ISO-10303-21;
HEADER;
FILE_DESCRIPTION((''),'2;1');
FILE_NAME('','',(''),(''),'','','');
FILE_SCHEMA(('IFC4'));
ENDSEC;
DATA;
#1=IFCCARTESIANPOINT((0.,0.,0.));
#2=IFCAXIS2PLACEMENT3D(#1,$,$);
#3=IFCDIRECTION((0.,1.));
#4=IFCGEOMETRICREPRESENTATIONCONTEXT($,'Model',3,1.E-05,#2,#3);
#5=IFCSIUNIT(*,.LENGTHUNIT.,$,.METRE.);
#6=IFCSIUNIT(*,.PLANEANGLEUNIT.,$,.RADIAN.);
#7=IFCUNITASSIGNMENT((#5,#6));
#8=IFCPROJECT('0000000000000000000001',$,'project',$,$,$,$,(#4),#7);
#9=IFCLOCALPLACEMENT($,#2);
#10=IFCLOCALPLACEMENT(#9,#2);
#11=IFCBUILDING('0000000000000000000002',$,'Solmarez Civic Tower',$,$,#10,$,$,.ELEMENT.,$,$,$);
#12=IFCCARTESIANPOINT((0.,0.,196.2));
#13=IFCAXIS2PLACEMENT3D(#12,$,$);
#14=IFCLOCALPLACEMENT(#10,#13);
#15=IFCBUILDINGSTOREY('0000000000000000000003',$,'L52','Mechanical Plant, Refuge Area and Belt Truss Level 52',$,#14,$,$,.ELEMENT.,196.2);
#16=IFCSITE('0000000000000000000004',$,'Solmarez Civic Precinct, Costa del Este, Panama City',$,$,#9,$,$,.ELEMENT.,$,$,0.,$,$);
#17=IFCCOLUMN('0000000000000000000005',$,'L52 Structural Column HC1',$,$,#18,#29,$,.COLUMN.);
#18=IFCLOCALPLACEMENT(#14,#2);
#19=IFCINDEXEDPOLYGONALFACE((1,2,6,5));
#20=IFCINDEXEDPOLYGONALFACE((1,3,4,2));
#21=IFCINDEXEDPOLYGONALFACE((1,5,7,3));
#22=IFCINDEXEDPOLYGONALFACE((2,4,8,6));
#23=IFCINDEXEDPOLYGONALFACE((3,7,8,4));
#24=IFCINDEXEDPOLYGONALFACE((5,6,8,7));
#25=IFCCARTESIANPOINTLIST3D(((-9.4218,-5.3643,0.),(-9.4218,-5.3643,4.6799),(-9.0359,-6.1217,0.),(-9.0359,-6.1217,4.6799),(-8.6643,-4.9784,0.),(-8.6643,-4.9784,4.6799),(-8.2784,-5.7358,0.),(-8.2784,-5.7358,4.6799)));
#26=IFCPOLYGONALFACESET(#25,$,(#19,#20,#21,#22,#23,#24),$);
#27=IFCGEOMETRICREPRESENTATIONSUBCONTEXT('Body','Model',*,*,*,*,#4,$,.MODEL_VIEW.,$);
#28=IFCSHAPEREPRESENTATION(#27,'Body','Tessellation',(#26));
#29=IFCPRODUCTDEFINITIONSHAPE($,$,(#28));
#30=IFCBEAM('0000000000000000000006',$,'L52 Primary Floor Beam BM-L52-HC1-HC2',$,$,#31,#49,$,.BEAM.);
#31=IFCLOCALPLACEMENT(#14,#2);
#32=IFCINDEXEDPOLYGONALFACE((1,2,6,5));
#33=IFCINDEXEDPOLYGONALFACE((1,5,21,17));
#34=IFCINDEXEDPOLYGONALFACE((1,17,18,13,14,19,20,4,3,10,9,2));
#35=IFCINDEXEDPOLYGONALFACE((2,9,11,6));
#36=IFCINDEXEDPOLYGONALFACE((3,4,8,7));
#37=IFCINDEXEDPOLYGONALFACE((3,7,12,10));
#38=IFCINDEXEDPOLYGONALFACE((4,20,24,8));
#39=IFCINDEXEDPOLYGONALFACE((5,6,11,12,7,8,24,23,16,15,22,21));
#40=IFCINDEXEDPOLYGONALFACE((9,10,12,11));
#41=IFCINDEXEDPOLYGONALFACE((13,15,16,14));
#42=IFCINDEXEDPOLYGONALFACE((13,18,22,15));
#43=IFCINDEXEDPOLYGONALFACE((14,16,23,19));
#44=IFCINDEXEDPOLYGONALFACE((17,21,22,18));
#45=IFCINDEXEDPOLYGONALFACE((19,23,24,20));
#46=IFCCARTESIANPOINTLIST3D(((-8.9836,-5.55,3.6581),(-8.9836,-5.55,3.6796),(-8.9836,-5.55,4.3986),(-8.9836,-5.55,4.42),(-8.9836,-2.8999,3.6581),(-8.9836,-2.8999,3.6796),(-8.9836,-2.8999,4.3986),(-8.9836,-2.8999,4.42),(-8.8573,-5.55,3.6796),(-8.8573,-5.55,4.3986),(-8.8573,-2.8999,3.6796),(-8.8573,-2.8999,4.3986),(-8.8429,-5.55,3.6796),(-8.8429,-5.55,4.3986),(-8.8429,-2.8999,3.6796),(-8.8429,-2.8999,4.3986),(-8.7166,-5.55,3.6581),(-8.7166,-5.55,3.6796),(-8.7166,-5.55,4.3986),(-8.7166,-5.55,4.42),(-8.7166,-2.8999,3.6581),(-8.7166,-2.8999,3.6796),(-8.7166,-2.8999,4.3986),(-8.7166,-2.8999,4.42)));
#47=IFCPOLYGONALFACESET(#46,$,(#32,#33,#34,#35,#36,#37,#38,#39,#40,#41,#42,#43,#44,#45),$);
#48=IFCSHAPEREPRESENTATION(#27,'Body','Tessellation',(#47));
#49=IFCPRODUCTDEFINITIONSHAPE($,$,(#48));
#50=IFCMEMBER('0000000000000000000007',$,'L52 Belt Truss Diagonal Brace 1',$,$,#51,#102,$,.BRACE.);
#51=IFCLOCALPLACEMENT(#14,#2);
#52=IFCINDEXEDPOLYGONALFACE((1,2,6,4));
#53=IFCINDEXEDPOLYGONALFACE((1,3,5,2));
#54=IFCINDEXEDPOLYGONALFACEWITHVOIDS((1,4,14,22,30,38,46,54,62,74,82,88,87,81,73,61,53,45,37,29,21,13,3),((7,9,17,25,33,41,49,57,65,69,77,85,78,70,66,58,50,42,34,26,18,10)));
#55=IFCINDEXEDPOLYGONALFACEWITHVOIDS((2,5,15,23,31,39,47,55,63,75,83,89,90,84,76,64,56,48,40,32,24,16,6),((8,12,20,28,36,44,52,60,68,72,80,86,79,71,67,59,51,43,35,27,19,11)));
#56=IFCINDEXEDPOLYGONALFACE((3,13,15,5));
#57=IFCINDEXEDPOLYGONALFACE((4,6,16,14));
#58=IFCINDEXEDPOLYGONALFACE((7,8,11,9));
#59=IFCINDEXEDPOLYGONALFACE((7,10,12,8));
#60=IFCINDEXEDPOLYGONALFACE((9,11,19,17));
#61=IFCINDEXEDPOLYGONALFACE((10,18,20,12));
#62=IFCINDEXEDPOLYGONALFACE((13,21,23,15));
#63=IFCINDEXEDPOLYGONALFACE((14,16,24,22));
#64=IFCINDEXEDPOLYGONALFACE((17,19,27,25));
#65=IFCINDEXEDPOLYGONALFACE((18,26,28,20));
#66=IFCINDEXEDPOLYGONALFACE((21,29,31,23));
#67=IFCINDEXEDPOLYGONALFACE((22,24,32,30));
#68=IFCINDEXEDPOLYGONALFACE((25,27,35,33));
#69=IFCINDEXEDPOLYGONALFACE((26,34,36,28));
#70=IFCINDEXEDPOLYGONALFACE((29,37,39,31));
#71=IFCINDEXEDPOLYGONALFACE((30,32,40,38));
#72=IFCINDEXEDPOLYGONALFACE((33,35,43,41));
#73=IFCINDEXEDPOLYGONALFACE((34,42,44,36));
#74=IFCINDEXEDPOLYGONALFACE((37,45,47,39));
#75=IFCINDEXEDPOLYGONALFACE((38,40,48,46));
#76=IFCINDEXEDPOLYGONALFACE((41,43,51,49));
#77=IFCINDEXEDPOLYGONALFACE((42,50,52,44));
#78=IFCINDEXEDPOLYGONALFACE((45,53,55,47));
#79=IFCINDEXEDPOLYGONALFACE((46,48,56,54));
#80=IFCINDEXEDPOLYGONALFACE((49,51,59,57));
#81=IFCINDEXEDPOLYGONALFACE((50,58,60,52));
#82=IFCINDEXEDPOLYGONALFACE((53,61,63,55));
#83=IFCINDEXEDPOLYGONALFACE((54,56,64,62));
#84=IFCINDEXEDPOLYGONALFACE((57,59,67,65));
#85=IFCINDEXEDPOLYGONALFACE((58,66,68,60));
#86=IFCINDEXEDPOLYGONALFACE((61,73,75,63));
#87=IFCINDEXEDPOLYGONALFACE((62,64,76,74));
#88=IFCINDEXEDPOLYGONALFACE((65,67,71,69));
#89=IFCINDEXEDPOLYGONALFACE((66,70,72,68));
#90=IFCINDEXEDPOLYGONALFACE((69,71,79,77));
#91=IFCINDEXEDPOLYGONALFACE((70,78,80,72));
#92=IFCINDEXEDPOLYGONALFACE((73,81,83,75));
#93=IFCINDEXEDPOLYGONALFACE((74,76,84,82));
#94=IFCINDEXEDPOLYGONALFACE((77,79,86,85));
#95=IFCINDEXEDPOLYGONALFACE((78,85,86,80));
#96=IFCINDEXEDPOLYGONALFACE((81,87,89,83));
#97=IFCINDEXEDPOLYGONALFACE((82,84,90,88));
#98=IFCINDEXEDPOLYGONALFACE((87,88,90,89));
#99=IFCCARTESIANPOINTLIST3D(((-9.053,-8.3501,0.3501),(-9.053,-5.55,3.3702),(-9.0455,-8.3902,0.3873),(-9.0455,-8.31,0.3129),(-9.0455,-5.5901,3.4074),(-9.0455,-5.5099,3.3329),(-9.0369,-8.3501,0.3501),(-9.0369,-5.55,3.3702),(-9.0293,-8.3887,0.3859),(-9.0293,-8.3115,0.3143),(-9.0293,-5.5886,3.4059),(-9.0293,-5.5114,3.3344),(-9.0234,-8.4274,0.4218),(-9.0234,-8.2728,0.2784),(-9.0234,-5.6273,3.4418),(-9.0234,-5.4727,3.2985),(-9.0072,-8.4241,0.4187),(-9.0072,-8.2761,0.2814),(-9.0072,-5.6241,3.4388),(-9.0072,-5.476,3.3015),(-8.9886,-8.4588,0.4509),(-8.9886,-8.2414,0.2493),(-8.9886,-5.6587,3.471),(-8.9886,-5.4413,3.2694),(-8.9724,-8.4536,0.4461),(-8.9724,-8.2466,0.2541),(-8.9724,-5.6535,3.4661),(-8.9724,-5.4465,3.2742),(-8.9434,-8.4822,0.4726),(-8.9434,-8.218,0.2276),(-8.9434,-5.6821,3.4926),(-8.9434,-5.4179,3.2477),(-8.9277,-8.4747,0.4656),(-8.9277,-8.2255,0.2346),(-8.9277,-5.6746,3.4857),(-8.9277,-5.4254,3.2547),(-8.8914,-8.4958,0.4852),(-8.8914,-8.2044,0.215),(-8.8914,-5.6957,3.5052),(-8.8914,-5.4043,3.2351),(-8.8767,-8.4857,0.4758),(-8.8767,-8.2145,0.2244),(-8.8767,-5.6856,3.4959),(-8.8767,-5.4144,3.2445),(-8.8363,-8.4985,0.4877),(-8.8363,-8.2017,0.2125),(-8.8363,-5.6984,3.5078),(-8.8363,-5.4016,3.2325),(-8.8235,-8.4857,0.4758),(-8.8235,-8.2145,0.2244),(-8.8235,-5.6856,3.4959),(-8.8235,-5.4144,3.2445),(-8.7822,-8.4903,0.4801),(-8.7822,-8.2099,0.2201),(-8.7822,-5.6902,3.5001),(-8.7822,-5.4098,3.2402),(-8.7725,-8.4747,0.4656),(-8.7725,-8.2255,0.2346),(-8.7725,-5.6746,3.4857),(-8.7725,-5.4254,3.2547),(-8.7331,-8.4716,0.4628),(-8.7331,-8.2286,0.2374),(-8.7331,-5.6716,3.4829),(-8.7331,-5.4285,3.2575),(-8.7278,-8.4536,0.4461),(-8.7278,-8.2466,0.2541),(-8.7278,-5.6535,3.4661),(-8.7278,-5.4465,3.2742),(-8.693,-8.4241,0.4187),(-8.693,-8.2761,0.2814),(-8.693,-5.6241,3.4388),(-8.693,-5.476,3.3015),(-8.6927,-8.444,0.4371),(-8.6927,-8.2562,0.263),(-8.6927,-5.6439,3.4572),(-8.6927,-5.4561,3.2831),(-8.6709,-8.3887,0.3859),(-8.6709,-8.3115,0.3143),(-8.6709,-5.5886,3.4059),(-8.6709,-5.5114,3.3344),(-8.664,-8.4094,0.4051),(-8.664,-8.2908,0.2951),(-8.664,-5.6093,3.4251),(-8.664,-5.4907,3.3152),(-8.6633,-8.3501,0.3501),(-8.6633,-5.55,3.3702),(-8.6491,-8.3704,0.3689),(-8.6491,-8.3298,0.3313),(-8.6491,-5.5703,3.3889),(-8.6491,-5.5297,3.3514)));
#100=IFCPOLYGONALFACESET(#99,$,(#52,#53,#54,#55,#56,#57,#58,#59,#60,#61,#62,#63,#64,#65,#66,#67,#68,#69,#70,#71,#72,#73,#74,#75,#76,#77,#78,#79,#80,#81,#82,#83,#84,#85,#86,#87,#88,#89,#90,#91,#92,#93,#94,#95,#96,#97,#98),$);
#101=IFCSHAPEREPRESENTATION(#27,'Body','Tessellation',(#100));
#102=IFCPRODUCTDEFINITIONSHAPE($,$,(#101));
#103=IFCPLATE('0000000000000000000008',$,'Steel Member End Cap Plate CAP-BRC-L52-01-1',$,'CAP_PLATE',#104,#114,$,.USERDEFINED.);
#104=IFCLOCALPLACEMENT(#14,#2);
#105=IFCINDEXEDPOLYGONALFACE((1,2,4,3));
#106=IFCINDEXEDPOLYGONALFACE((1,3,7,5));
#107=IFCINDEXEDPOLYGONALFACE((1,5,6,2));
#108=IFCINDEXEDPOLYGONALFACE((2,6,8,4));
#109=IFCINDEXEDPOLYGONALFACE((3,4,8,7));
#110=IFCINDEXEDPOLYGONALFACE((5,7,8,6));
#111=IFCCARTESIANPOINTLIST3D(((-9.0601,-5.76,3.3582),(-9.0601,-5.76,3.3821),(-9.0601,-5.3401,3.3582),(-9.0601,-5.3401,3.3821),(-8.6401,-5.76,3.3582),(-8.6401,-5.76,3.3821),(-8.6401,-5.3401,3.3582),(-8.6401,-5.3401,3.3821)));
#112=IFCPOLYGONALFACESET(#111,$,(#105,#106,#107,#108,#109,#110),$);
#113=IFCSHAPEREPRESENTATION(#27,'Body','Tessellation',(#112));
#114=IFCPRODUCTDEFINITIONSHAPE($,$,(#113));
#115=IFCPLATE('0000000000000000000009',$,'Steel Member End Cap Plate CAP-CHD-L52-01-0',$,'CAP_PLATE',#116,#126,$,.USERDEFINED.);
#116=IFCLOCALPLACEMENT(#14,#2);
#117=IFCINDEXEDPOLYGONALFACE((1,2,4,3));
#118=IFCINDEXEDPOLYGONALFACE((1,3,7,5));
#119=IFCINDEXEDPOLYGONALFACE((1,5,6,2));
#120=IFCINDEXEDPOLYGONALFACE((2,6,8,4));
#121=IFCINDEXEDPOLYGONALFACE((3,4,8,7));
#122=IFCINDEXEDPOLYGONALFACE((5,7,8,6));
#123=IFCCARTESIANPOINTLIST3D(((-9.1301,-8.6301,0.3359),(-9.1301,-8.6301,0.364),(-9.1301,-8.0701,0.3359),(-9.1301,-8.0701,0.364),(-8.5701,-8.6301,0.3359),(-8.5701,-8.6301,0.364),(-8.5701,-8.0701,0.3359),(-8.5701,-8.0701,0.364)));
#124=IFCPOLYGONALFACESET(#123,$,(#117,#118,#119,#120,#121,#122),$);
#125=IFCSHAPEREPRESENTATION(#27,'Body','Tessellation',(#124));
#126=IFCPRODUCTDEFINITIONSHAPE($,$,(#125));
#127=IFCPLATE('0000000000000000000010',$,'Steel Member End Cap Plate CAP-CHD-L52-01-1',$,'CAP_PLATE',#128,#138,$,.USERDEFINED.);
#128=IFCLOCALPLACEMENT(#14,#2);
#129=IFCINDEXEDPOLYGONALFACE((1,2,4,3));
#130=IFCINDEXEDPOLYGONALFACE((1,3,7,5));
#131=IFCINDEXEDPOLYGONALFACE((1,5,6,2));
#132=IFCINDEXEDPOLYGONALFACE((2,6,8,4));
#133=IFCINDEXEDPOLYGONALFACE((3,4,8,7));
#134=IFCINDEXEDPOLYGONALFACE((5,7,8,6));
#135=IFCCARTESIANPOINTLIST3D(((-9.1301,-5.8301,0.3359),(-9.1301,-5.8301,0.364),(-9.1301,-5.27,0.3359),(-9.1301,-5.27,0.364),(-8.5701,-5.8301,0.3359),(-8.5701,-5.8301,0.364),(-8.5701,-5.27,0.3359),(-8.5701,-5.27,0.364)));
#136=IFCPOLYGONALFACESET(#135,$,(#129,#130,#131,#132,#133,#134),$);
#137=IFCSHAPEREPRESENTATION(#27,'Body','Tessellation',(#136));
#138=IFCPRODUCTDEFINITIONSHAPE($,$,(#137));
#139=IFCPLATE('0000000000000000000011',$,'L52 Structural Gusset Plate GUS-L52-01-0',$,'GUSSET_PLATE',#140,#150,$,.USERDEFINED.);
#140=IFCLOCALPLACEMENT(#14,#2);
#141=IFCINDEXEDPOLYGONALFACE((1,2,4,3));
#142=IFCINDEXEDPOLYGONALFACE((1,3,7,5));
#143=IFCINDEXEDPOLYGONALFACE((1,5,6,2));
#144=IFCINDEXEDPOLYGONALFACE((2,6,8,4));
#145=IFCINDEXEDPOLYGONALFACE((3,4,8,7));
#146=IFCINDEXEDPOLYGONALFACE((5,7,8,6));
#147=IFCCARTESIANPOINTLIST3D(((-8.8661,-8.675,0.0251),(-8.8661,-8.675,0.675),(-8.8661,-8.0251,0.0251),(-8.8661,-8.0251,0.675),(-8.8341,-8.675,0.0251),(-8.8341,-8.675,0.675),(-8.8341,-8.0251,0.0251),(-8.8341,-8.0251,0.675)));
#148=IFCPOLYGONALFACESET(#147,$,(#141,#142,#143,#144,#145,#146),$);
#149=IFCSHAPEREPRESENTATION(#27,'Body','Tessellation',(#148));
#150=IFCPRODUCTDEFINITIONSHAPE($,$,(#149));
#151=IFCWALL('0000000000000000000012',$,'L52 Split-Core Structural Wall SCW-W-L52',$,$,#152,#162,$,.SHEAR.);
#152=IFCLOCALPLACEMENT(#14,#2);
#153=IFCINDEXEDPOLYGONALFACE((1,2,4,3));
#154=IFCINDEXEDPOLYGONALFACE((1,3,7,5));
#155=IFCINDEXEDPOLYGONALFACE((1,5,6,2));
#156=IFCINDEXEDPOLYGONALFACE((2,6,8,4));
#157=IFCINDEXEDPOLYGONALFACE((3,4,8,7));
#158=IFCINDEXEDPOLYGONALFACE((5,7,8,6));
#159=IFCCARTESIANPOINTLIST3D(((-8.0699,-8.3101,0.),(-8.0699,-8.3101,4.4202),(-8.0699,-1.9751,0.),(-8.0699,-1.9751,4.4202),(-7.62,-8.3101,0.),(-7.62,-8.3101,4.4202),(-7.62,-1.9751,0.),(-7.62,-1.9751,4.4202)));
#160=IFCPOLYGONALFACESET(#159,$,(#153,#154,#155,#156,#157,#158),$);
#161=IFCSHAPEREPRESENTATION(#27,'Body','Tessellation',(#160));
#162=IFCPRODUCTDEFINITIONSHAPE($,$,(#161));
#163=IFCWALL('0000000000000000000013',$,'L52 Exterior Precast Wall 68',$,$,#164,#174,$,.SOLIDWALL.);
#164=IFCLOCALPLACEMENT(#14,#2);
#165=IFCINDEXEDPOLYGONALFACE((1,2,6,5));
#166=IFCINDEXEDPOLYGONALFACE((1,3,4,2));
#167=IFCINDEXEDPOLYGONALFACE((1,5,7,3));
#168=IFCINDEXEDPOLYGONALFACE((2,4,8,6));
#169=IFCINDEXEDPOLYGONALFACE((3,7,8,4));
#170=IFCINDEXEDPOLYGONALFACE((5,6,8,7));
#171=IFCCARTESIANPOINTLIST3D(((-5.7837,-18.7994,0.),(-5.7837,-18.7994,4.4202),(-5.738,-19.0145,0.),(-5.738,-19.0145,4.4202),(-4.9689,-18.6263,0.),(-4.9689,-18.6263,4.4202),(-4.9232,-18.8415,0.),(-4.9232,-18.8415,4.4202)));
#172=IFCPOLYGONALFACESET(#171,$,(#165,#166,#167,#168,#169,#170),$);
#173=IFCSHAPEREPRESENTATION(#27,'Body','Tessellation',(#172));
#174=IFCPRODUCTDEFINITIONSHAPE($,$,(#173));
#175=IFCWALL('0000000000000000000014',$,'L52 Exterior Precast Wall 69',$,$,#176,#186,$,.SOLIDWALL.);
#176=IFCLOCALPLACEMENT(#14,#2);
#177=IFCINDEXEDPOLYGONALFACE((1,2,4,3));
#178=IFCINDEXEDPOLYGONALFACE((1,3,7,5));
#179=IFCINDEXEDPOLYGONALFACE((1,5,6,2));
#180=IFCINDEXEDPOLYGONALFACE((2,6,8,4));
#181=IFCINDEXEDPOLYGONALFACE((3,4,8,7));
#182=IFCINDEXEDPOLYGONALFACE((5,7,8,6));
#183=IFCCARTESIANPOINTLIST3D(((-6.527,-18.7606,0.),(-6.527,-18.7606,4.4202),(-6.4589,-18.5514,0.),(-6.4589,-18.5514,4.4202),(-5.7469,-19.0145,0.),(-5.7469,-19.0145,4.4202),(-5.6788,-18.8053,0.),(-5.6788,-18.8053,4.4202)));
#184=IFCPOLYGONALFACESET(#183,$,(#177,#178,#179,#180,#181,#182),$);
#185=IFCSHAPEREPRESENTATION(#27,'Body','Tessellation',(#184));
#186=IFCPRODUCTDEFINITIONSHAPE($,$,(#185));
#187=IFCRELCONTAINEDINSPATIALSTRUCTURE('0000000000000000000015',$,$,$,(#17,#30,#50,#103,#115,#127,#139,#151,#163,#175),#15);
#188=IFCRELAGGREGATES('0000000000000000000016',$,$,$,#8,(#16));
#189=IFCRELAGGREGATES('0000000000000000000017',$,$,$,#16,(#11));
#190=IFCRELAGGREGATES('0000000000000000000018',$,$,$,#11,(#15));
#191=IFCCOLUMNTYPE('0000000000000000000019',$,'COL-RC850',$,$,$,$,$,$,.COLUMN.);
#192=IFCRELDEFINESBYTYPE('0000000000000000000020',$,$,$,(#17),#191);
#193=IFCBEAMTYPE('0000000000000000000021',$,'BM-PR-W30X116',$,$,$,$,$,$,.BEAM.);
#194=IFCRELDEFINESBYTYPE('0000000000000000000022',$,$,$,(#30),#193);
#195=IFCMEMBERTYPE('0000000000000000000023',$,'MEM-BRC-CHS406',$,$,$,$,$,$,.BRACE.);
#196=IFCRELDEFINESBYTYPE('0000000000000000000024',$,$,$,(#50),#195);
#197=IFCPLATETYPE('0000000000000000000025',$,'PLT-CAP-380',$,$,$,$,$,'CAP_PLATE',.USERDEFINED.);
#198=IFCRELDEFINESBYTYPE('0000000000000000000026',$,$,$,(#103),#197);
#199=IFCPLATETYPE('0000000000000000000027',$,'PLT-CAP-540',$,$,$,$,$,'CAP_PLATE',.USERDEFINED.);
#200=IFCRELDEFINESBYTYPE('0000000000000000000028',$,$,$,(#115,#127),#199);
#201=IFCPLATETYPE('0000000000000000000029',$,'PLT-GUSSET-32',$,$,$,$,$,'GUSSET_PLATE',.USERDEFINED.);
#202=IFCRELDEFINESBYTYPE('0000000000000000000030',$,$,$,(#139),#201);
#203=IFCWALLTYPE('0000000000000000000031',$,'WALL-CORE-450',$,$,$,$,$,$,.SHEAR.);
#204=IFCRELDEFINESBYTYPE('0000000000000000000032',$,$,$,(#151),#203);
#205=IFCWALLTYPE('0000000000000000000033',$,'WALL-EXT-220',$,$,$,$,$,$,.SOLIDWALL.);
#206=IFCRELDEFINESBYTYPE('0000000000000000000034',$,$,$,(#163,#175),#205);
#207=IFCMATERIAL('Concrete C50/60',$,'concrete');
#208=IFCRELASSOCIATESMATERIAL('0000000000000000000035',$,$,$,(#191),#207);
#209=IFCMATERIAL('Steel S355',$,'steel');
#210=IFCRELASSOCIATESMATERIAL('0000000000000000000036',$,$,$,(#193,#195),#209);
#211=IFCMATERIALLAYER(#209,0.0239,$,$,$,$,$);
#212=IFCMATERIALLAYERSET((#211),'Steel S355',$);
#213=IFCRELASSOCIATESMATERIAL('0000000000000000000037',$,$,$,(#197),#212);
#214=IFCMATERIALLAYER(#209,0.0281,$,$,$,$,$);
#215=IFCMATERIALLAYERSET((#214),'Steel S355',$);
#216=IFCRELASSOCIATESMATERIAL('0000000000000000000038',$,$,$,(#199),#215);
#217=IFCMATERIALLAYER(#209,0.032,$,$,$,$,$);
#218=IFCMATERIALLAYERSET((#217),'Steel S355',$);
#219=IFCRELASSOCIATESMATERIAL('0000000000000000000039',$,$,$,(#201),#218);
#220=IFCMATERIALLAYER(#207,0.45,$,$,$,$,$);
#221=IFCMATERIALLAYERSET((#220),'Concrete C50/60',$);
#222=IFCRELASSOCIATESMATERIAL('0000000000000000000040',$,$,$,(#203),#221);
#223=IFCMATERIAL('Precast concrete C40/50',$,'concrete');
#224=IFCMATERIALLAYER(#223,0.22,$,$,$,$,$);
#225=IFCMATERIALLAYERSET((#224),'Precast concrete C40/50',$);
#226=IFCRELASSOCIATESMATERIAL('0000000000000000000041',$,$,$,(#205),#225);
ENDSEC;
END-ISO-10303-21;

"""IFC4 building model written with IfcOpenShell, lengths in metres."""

from ifc_helpers import new_model, si_unit, direction, frame, frame_2d, origin, origin_2d, place, context, subcontext, project, spatial, rectangle, hollow_circle, i_section, extrude, material, layer, layer_set, material_profile, profile_set, type_object, element, save


model = new_model("IFC4")

# Units and contexts
model_context = context("Model", 3, precision=1e-05, world=origin(), true_north=direction((0.0, 1.0)))
body_context = subcontext(model_context, "Body", "Model", "MODEL_VIEW")
ifc_project = project(units=[si_unit("LENGTHUNIT", "METRE"), si_unit("PLANEANGLEUNIT", "RADIAN")], contexts=[model_context])

# Site, building, storey
site_placement = place(None, origin())
site = spatial("IfcSite", under=ifc_project, at=site_placement, Name="Solmarez Civic Precinct, Costa del Este, Panama City", CompositionType="ELEMENT", RefElevation=0.0)
building_placement = place(site_placement, origin())
building = spatial("IfcBuilding", under=site, at=building_placement, Name="Solmarez Civic Tower", CompositionType="ELEMENT")
storey_placement = place(building_placement, frame((0.0, 0.0, 196.2)))
storey = spatial("IfcBuildingStorey", under=building, at=storey_placement, Name="L52", Description="Mechanical Plant, Refuge Area and Belt Truss Level 52", CompositionType="ELEMENT", Elevation=196.2)

# Column
ifc_material_1 = material(Name="Concrete C50/60", Category="concrete")
ifc_material_profile_1 = material_profile(ifc_material_1, rectangle(XDim=0.8501, YDim=0.8501, at=origin_2d()), Name="RC850X850")
ifc_profile_set_1 = profile_set([ifc_material_profile_1], Name="Concrete C50/60")
column_type = type_object("IfcColumnType", Name="COL-RC850", PredefinedType="COLUMN", material=ifc_profile_set_1)
column_placement = place(storey_placement, frame((-8.8501, -5.55, 0.0), z_axis=(0.0, 0.0, 1.0), x_axis=(0.891007, 0.45399, 0.0)))
element("IfcColumn", 1, at=column_placement, inside=storey, type_object=column_type, Name="L52 Structural Column HC1", PredefinedType="COLUMN", context=body_context, shape_type="SweptSolid", body=[
    extrude(rectangle(XDim=0.8501, YDim=0.8501, at=origin_2d()), origin(), (0.0, 0.0, 1.0), 4.6799),
])

# Beam
ifc_material_2 = material(Name="Steel S355", Category="steel")
ifc_material_profile_2 = material_profile(ifc_material_2, i_section(OverallWidth=0.2671, OverallDepth=0.762, WebThickness=0.0144, FlangeThickness=0.0215, at=origin_2d()), Name="W30X116")
ifc_profile_set_2 = profile_set([ifc_material_profile_2], Name="Steel S355")
beam_type = type_object("IfcBeamType", Name="BM-PR-W30X116", PredefinedType="BEAM", material=ifc_profile_set_2)
beam_placement = place(storey_placement, frame((-8.8501, -5.55, 4.0391), z_axis=(0.0, 1.0, 0.0), x_axis=(-1.0, 0.0, 0.0)))
element("IfcBeam", 2, at=beam_placement, inside=storey, type_object=beam_type, Name="L52 Primary Floor Beam BM-L52-HC1-HC2", PredefinedType="BEAM", context=body_context, shape_type="SweptSolid", body=[
    extrude(i_section(OverallWidth=0.2671, OverallDepth=0.762, WebThickness=0.0144, FlangeThickness=0.0215, at=origin_2d()), origin(), (0.0, 0.0, 1.0), 2.6501),
])

# Member
ifc_material_profile_3 = material_profile(ifc_material_2, hollow_circle(Radius=0.2029, WallThickness=0.0161, at=origin_2d()), Name="CHS406X16")
ifc_profile_set_3 = profile_set([ifc_material_profile_3], Name="Steel S355")
member_type = type_object("IfcMemberType", Name="MEM-BRC-CHS406", PredefinedType="BRACE", material=ifc_profile_set_3)
member_placement = place(storey_placement, frame((-8.8501, -8.3501, 0.3501), z_axis=(0.0, 0.679896, 0.733308), x_axis=(-1.0, 0.0, 0.0)))
element("IfcMember", 3, at=member_placement, inside=storey, type_object=member_type, Name="L52 Belt Truss Diagonal Brace 1", PredefinedType="BRACE", context=body_context, shape_type="SweptSolid", body=[
    extrude(hollow_circle(Radius=0.2029, WallThickness=0.0161, at=origin_2d()), origin(), (0.0, 0.0, 1.0), 4.1184),
])

# Plates
ifc_layer_1 = layer(ifc_material_2, 0.0239)
ifc_layer_set_1 = layer_set([ifc_layer_1], Name="Steel S355")
plate_type_1 = type_object("IfcPlateType", Name="PLT-CAP-380", ElementType="CAP_PLATE", PredefinedType="USERDEFINED", material=ifc_layer_set_1)
plate_1_placement = place(storey_placement, frame((-8.8501, -5.55, 3.3582), z_axis=(0.0, 0.0, 1.0), x_axis=(1.0, 0.0, 0.0)))
element("IfcPlate", 4, at=plate_1_placement, inside=storey, type_object=plate_type_1, Name="Steel Member End Cap Plate CAP-BRC-L52-01-1", ObjectType="CAP_PLATE", PredefinedType="USERDEFINED", context=body_context, shape_type="SweptSolid", body=[
    extrude(rectangle(XDim=0.4199, YDim=0.4199, at=origin_2d()), origin(), (0.0, 0.0, 1.0), 0.0239),
])
ifc_layer_2 = layer(ifc_material_2, 0.0281)
ifc_layer_set_2 = layer_set([ifc_layer_2], Name="Steel S355")
plate_type_2 = type_object("IfcPlateType", Name="PLT-CAP-540", ElementType="CAP_PLATE", PredefinedType="USERDEFINED", material=ifc_layer_set_2)
for number, where, z_axis, x_axis, name in (
    (5, (-8.8501, -8.3501, 0.3359), (0.0, 0.0, 1.0), (1.0, 0.0, 0.0), "Steel Member End Cap Plate CAP-CHD-L52-01-0"),
    (6, (-8.8501, -5.55, 0.3359), (0.0, 0.0, 1.0), (1.0, 0.0, 0.0), "Steel Member End Cap Plate CAP-CHD-L52-01-1"),
):
    element("IfcPlate", number, at=place(storey_placement, frame(where, z_axis=z_axis, x_axis=x_axis)), inside=storey, type_object=plate_type_2, Name=name, ObjectType="CAP_PLATE", PredefinedType="USERDEFINED", context=body_context, shape_type="SweptSolid", body=[
        extrude(rectangle(XDim=0.5601, YDim=0.5601, at=origin_2d()), origin(), (0.0, 0.0, 1.0), 0.0281),
    ])
ifc_layer_3 = layer(ifc_material_2, 0.032)
ifc_layer_set_3 = layer_set([ifc_layer_3], Name="Steel S355")
plate_type_3 = type_object("IfcPlateType", Name="PLT-GUSSET-32", ElementType="GUSSET_PLATE", PredefinedType="USERDEFINED", material=ifc_layer_set_3)
plate_2_placement = place(storey_placement, frame((-8.8501, -8.3501, 0.0251), z_axis=(0.0, 0.0, 1.0), x_axis=(0.0, 1.0, 0.0)))
element("IfcPlate", 7, at=plate_2_placement, inside=storey, type_object=plate_type_3, Name="L52 Structural Gusset Plate GUS-L52-01-0", ObjectType="GUSSET_PLATE", PredefinedType="USERDEFINED", context=body_context, shape_type="SweptSolid", body=[
    extrude(rectangle(XDim=0.6499, YDim=0.032, at=origin_2d()), origin(), (0.0, 0.0, 1.0), 0.6499),
])

# Walls
ifc_layer_4 = layer(ifc_material_1, 0.45)
ifc_layer_set_4 = layer_set([ifc_layer_4], Name="Concrete C50/60")
wall_type_1 = type_object("IfcWallType", Name="WALL-CORE-450", PredefinedType="SHEAR", material=ifc_layer_set_4)
wall_1_placement = place(storey_placement, frame((-7.845, -8.3101, 0.0), z_axis=(0.0, 0.0, 1.0), x_axis=(0.0, 1.0, 0.0)))
element("IfcWall", 8, at=wall_1_placement, inside=storey, type_object=wall_type_1, Name="L52 Split-Core Structural Wall SCW-W-L52", PredefinedType="SHEAR", context=body_context, shape_type="SweptSolid", body=[
    extrude(rectangle(XDim=6.335, YDim=0.45, at=frame_2d((3.1675, 0.0))), origin(), (0.0, 0.0, 1.0), 4.4202),
])
ifc_material_3 = material(Name="Precast concrete C40/50", Category="concrete")
ifc_layer_5 = layer(ifc_material_3, 0.22)
ifc_layer_set_5 = layer_set([ifc_layer_5], Name="Precast concrete C40/50")
wall_type_2 = type_object("IfcWallType", Name="WALL-EXT-220", PredefinedType="SOLIDWALL", material=ifc_layer_set_5)
wall_2_placement = place(storey_placement, frame((-4.946, -18.7339, 0.0), z_axis=(0.0, 0.0, 1.0), x_axis=(-0.978178, -0.207768, 0.0)))
element("IfcWall", 9, at=wall_2_placement, inside=storey, type_object=wall_type_2, Name="L52 Exterior Precast Wall 68", PredefinedType="SOLIDWALL", context=body_context, shape_type="SweptSolid", body=[
    extrude(rectangle(XDim=0.833, YDim=0.22, at=frame_2d((0.4165, 0.0))), origin(), (0.0, 0.0, 1.0), 4.4202),
])
wall_3_placement = place(storey_placement, frame((-5.7129, -18.9099, 0.0), z_axis=(0.0, 0.0, 1.0), x_axis=(-0.950892, 0.309523, 0.0)))
element("IfcWall", 10, at=wall_3_placement, inside=storey, type_object=wall_type_2, Name="L52 Exterior Precast Wall 69", PredefinedType="SOLIDWALL", context=body_context, shape_type="SweptSolid", body=[
    extrude(rectangle(XDim=0.8203, YDim=0.22, at=frame_2d((0.4102, 0.0))), origin(), (0.0, 0.0, 1.0), 4.4202),
])

save(model, "model.ifc")
